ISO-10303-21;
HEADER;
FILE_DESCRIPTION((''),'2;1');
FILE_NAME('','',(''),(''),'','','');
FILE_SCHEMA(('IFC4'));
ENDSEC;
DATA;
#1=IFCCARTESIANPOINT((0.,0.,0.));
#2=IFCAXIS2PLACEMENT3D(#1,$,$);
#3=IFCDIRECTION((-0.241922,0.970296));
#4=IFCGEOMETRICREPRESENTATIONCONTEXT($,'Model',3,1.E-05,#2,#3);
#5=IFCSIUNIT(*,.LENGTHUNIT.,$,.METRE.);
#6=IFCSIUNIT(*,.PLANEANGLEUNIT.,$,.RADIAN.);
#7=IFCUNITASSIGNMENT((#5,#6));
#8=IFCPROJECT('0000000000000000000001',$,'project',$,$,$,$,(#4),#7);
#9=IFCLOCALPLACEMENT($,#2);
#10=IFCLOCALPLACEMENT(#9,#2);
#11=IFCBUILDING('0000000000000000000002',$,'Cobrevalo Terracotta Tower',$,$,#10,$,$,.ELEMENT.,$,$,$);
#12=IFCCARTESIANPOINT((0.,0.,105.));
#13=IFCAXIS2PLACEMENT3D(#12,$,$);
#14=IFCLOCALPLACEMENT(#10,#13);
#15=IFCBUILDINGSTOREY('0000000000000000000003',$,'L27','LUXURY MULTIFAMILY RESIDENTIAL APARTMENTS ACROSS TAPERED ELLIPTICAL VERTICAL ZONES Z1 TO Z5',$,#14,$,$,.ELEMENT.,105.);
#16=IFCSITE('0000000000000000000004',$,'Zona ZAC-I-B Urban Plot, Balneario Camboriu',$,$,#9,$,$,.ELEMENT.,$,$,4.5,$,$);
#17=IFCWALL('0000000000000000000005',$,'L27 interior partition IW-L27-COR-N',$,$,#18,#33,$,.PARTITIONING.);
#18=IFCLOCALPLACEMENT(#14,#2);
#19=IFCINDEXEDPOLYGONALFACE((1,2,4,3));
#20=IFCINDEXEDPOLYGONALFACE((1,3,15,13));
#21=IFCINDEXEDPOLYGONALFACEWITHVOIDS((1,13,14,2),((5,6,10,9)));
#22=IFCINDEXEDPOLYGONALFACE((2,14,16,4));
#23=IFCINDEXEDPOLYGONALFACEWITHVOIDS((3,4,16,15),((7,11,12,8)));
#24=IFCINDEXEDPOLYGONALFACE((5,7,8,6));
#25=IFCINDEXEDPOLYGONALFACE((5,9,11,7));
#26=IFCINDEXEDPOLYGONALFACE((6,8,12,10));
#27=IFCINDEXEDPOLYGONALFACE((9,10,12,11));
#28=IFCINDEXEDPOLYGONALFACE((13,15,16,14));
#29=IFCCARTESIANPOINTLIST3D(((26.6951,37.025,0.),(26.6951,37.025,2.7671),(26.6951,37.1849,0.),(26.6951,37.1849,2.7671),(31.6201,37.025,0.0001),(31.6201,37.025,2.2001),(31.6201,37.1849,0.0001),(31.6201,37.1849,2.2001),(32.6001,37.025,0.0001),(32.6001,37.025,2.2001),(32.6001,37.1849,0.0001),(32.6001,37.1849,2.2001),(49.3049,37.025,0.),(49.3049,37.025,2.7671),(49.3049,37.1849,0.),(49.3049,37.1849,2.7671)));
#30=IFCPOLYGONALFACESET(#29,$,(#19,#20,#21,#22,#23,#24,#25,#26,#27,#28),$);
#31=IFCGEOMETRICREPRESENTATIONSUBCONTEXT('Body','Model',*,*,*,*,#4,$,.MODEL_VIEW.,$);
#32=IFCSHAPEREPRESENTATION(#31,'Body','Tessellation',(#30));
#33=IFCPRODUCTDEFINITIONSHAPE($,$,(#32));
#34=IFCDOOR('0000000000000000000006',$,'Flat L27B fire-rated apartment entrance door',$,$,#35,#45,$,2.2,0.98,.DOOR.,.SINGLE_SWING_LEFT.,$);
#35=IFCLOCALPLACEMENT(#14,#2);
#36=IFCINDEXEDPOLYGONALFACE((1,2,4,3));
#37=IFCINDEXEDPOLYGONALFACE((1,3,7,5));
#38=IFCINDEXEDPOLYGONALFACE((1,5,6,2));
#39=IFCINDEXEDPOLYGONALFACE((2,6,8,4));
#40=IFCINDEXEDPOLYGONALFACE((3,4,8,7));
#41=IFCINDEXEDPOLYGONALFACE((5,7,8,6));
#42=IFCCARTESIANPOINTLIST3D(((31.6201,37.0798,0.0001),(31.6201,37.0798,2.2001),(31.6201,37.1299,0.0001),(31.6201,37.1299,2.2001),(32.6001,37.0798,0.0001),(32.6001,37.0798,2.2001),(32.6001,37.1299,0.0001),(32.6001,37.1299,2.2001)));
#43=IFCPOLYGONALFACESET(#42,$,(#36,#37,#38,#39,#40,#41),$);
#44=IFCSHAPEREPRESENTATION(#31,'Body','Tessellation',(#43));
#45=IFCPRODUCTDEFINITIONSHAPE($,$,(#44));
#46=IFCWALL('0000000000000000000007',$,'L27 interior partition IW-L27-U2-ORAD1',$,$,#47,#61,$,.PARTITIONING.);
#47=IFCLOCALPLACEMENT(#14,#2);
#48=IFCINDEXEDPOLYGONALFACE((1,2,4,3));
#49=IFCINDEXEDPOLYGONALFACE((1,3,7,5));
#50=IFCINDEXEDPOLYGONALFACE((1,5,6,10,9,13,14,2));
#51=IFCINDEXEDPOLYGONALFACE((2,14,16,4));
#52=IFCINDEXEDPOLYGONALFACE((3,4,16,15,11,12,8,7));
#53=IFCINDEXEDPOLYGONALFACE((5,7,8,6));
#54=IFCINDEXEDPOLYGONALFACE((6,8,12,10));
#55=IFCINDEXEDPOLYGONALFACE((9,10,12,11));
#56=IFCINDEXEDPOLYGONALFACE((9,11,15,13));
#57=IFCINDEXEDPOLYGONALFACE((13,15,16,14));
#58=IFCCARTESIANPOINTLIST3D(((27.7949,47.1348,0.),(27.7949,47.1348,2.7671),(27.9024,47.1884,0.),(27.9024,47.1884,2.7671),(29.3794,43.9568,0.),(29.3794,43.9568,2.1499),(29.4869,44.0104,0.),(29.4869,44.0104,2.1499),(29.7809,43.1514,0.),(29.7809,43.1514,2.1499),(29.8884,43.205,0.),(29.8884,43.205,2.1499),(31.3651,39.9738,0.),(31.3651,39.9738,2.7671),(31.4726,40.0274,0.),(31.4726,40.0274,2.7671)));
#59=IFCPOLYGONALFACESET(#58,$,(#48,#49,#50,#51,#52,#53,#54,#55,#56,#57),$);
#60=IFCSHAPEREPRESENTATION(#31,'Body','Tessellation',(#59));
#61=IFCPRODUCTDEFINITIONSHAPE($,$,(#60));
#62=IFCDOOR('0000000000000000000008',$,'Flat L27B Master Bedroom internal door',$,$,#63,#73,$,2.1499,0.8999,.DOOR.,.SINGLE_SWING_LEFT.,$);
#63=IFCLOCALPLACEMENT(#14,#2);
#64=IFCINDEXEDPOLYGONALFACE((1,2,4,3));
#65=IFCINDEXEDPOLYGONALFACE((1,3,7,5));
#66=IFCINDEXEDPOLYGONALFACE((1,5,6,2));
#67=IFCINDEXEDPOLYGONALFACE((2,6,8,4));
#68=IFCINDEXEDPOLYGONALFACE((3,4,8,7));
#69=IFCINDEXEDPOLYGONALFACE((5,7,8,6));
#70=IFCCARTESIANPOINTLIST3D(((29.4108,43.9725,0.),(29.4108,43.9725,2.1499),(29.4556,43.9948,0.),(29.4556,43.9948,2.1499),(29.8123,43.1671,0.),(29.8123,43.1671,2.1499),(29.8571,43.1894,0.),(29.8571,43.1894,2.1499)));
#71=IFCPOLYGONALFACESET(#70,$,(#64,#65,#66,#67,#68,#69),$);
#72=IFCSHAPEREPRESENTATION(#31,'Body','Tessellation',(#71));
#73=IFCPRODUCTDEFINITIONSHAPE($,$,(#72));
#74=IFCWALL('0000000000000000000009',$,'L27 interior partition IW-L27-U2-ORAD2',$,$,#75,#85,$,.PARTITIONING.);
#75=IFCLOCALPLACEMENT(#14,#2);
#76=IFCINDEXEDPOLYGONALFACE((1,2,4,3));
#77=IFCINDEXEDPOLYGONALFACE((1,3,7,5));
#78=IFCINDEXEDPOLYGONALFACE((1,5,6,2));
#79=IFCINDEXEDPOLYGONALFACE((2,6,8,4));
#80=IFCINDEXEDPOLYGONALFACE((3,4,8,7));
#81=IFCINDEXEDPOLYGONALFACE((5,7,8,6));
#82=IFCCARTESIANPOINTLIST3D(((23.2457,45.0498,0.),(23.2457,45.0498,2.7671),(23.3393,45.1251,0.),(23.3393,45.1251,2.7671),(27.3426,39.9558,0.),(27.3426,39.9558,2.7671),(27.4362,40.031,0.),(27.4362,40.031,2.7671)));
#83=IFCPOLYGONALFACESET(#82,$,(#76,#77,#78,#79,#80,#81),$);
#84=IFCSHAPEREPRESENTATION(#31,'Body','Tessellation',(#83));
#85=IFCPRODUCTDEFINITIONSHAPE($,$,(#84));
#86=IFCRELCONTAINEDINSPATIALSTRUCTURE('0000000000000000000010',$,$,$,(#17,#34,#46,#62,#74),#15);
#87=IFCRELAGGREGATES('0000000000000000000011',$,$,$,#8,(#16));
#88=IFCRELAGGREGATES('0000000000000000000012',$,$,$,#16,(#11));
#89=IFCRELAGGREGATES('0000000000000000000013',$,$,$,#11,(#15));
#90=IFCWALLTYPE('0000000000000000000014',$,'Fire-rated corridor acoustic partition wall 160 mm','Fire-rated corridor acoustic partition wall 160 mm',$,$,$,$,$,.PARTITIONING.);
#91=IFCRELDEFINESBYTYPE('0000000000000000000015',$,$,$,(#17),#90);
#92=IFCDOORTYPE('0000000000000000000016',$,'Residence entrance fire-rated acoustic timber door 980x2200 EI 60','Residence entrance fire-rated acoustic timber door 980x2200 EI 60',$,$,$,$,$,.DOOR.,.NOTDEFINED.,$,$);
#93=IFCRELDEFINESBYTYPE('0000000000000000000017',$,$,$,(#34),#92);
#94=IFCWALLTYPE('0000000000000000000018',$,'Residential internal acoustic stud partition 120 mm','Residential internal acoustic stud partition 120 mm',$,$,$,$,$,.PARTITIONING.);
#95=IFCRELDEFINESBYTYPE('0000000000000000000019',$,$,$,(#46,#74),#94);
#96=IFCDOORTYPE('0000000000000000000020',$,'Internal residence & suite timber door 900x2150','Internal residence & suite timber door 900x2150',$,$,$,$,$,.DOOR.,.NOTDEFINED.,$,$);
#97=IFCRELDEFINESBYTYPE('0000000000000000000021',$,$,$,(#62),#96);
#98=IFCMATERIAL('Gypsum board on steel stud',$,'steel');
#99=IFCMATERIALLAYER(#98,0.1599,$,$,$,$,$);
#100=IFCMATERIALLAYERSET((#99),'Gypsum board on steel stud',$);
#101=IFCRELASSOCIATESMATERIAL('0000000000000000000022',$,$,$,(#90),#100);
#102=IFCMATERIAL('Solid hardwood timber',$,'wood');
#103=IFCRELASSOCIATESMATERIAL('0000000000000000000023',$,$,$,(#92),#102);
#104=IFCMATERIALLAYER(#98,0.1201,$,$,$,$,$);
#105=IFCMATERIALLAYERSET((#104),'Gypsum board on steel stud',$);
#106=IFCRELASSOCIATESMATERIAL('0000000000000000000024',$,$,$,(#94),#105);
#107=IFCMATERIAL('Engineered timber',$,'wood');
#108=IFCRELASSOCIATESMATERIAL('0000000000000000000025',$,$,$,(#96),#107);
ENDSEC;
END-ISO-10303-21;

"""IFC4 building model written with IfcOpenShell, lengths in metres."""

from ifc_helpers import new_model, si_unit, direction, frame, frame_2d, origin, place, context, subcontext, project, spatial, rectangle, extrude, source, transform, mapped, material, layer, layer_set, type_object, element, fill, save


model = new_model("IFC4")

# Units and contexts
model_context = context("Model", 3, precision=1e-05, world=origin(), true_north=direction((-0.241922, 0.970296)))
body_context = subcontext(model_context, "Body", "Model", "MODEL_VIEW")
ifc_project = project(units=[si_unit("LENGTHUNIT", "METRE"), si_unit("PLANEANGLEUNIT", "RADIAN")], contexts=[model_context])

# Site, building, storey
site_placement = place(None, origin())
site = spatial("IfcSite", under=ifc_project, at=site_placement, Name="Zona ZAC-I-B Urban Plot, Balneario Camboriu", CompositionType="ELEMENT", RefElevation=4.5)
building_placement = place(site_placement, origin())
building = spatial("IfcBuilding", under=site, at=building_placement, Name="Cobrevalo Terracotta Tower", CompositionType="ELEMENT")
storey_placement = place(building_placement, frame((0.0, 0.0, 105.0)))
storey = spatial("IfcBuildingStorey", under=building, at=storey_placement, Name="L27", Description="LUXURY MULTIFAMILY RESIDENTIAL APARTMENTS ACROSS TAPERED ELLIPTICAL VERTICAL ZONES Z1 TO Z5", CompositionType="ELEMENT", Elevation=105.0)

# Walls, openings, doors
ifc_material_1 = material(Name="Gypsum board on steel stud", Category="steel")
ifc_layer_1 = layer(ifc_material_1, 0.1599)
ifc_layer_set_1 = layer_set([ifc_layer_1], Name="Gypsum board on steel stud")
wall_type_1 = type_object("IfcWallType", Name="Fire-rated corridor acoustic partition wall 160 mm", Description="Fire-rated corridor acoustic partition wall 160 mm", PredefinedType="PARTITIONING", material=ifc_layer_set_1)
wall_1_placement = place(storey_placement, frame((26.6951, 37.105, 0.0), z_axis=(0.0, 0.0, 1.0), x_axis=(1.0, 0.0, 0.0)))
wall_1 = element("IfcWall", 1, at=wall_1_placement, inside=storey, type_object=wall_type_1, Name="L27 interior partition IW-L27-COR-N", PredefinedType="PARTITIONING", context=body_context, shape_type="SweptSolid", body=[
    extrude(rectangle(XDim=22.6099, YDim=0.1599, at=frame_2d((11.3049, 0.0))), origin(), (0.0, 0.0, 1.0), 2.7671),
])
opening_1_placement = place(wall_1_placement, frame((4.925, 0.0, 0.0)))
opening_1 = element("IfcOpeningElement", 2, at=opening_1_placement, cuts=wall_1, PredefinedType="OPENING", context=body_context, shape_type="SweptSolid", body=[
    extrude(rectangle(XDim=0.98, YDim=2.2, at=frame_2d((0.49, 1.1001))), frame((0.0, 0.0898, 0.0), z_axis=(0.0, -1.0, 0.0), x_axis=(1.0, 0.0, 0.0)), (0.0, 0.0, 1.0), 0.1799),
])
ifc_material_2 = material(Name="Solid hardwood timber", Category="wood")
door_type_1 = type_object("IfcDoorType", Name="Residence entrance fire-rated acoustic timber door 980x2200 EI 60", Description="Residence entrance fire-rated acoustic timber door 980x2200 EI 60", OperationType="NOTDEFINED", PredefinedType="DOOR", material=ifc_material_2)
shared_shape_1 = source(origin(), body_context, "Body", "SweptSolid", [
    extrude(rectangle(XDim=0.98, YDim=2.2, at=frame_2d((0.49, 1.1001))), frame((0.0, 0.0249, 0.0), z_axis=(0.0, -1.0, 0.0), x_axis=(1.0, 0.0, 0.0)), (0.0, 0.0, 1.0), 0.05),
])
door_1_placement = place(opening_1_placement, origin())
door_1 = element("IfcDoor", 3, at=door_1_placement, inside=storey, type_object=door_type_1, Name="Flat L27B fire-rated apartment entrance door", OperationType="SINGLE_SWING_LEFT", OverallHeight=2.2, OverallWidth=0.98, PredefinedType="DOOR", context=body_context, shape_type="MappedRepresentation", body=[
    mapped(shared_shape_1, transform((0.0, 0.0, 0.0), scale=1.0)),
])
fill(opening_1, door_1)
ifc_layer_2 = layer(ifc_material_1, 0.1201)
ifc_layer_set_2 = layer_set([ifc_layer_2], Name="Gypsum board on steel stud")
wall_type_2 = type_object("IfcWallType", Name="Residential internal acoustic stud partition 120 mm", Description="Residential internal acoustic stud partition 120 mm", PredefinedType="PARTITIONING", material=ifc_layer_set_2)
wall_2_placement = place(storey_placement, frame((31.4189, 40.0005, 0.0), z_axis=(0.0, 0.0, 1.0), x_axis=(-0.446188, 0.894939, 0.0)))
wall_2 = element("IfcWall", 4, at=wall_2_placement, inside=storey, type_object=wall_type_2, Name="L27 interior partition IW-L27-U2-ORAD1", PredefinedType="PARTITIONING", context=body_context, shape_type="SweptSolid", body=[
    extrude(rectangle(XDim=8.0017, YDim=0.1201, at=frame_2d((4.001, 0.0))), origin(), (0.0, 0.0, 1.0), 2.7671),
])
opening_2_placement = place(wall_2_placement, frame((3.5508, 0.0, 0.0)))
opening_2 = element("IfcOpeningElement", 5, at=opening_2_placement, cuts=wall_2, PredefinedType="OPENING", context=body_context, shape_type="SweptSolid", body=[
    extrude(rectangle(XDim=0.8999, YDim=2.1499, at=frame_2d((0.45, 1.075))), frame((0.0, 0.0701, 0.0), z_axis=(0.0, -1.0, 0.0), x_axis=(1.0, 0.0, 0.0)), (0.0, 0.0, 1.0), 0.1401),
])
ifc_material_3 = material(Name="Engineered timber", Category="wood")
door_type_2 = type_object("IfcDoorType", Name="Internal residence & suite timber door 900x2150", Description="Internal residence & suite timber door 900x2150", OperationType="NOTDEFINED", PredefinedType="DOOR", material=ifc_material_3)
shared_shape_2 = source(origin(), body_context, "Body", "SweptSolid", [
    extrude(rectangle(XDim=0.8999, YDim=2.1499, at=frame_2d((0.45, 1.075))), frame((0.0, 0.0249, 0.0), z_axis=(0.0, -1.0, 0.0), x_axis=(1.0, 0.0, 0.0)), (0.0, 0.0, 1.0), 0.05),
])
door_2_placement = place(opening_2_placement, origin())
door_2 = element("IfcDoor", 6, at=door_2_placement, inside=storey, type_object=door_type_2, Name="Flat L27B Master Bedroom internal door", OperationType="SINGLE_SWING_LEFT", OverallHeight=2.1499, OverallWidth=0.8999, PredefinedType="DOOR", context=body_context, shape_type="MappedRepresentation", body=[
    mapped(shared_shape_2, transform((0.0, 0.0, 0.0), scale=1.0)),
])
fill(opening_2, door_2)

# Wall
wall_3_placement = place(storey_placement, frame((27.3894, 39.9934, 0.0), z_axis=(0.0, 0.0, 1.0), x_axis=(-0.62672, 0.779245, 0.0)))
element("IfcWall", 7, at=wall_3_placement, inside=storey, type_object=wall_type_2, Name="L27 interior partition IW-L27-U2-ORAD2", PredefinedType="PARTITIONING", context=body_context, shape_type="SweptSolid", body=[
    extrude(rectangle(XDim=6.5371, YDim=0.1201, at=frame_2d((3.2686, 0.0))), origin(), (0.0, 0.0, 1.0), 2.7671),
])

save(model, "model.ifc")
